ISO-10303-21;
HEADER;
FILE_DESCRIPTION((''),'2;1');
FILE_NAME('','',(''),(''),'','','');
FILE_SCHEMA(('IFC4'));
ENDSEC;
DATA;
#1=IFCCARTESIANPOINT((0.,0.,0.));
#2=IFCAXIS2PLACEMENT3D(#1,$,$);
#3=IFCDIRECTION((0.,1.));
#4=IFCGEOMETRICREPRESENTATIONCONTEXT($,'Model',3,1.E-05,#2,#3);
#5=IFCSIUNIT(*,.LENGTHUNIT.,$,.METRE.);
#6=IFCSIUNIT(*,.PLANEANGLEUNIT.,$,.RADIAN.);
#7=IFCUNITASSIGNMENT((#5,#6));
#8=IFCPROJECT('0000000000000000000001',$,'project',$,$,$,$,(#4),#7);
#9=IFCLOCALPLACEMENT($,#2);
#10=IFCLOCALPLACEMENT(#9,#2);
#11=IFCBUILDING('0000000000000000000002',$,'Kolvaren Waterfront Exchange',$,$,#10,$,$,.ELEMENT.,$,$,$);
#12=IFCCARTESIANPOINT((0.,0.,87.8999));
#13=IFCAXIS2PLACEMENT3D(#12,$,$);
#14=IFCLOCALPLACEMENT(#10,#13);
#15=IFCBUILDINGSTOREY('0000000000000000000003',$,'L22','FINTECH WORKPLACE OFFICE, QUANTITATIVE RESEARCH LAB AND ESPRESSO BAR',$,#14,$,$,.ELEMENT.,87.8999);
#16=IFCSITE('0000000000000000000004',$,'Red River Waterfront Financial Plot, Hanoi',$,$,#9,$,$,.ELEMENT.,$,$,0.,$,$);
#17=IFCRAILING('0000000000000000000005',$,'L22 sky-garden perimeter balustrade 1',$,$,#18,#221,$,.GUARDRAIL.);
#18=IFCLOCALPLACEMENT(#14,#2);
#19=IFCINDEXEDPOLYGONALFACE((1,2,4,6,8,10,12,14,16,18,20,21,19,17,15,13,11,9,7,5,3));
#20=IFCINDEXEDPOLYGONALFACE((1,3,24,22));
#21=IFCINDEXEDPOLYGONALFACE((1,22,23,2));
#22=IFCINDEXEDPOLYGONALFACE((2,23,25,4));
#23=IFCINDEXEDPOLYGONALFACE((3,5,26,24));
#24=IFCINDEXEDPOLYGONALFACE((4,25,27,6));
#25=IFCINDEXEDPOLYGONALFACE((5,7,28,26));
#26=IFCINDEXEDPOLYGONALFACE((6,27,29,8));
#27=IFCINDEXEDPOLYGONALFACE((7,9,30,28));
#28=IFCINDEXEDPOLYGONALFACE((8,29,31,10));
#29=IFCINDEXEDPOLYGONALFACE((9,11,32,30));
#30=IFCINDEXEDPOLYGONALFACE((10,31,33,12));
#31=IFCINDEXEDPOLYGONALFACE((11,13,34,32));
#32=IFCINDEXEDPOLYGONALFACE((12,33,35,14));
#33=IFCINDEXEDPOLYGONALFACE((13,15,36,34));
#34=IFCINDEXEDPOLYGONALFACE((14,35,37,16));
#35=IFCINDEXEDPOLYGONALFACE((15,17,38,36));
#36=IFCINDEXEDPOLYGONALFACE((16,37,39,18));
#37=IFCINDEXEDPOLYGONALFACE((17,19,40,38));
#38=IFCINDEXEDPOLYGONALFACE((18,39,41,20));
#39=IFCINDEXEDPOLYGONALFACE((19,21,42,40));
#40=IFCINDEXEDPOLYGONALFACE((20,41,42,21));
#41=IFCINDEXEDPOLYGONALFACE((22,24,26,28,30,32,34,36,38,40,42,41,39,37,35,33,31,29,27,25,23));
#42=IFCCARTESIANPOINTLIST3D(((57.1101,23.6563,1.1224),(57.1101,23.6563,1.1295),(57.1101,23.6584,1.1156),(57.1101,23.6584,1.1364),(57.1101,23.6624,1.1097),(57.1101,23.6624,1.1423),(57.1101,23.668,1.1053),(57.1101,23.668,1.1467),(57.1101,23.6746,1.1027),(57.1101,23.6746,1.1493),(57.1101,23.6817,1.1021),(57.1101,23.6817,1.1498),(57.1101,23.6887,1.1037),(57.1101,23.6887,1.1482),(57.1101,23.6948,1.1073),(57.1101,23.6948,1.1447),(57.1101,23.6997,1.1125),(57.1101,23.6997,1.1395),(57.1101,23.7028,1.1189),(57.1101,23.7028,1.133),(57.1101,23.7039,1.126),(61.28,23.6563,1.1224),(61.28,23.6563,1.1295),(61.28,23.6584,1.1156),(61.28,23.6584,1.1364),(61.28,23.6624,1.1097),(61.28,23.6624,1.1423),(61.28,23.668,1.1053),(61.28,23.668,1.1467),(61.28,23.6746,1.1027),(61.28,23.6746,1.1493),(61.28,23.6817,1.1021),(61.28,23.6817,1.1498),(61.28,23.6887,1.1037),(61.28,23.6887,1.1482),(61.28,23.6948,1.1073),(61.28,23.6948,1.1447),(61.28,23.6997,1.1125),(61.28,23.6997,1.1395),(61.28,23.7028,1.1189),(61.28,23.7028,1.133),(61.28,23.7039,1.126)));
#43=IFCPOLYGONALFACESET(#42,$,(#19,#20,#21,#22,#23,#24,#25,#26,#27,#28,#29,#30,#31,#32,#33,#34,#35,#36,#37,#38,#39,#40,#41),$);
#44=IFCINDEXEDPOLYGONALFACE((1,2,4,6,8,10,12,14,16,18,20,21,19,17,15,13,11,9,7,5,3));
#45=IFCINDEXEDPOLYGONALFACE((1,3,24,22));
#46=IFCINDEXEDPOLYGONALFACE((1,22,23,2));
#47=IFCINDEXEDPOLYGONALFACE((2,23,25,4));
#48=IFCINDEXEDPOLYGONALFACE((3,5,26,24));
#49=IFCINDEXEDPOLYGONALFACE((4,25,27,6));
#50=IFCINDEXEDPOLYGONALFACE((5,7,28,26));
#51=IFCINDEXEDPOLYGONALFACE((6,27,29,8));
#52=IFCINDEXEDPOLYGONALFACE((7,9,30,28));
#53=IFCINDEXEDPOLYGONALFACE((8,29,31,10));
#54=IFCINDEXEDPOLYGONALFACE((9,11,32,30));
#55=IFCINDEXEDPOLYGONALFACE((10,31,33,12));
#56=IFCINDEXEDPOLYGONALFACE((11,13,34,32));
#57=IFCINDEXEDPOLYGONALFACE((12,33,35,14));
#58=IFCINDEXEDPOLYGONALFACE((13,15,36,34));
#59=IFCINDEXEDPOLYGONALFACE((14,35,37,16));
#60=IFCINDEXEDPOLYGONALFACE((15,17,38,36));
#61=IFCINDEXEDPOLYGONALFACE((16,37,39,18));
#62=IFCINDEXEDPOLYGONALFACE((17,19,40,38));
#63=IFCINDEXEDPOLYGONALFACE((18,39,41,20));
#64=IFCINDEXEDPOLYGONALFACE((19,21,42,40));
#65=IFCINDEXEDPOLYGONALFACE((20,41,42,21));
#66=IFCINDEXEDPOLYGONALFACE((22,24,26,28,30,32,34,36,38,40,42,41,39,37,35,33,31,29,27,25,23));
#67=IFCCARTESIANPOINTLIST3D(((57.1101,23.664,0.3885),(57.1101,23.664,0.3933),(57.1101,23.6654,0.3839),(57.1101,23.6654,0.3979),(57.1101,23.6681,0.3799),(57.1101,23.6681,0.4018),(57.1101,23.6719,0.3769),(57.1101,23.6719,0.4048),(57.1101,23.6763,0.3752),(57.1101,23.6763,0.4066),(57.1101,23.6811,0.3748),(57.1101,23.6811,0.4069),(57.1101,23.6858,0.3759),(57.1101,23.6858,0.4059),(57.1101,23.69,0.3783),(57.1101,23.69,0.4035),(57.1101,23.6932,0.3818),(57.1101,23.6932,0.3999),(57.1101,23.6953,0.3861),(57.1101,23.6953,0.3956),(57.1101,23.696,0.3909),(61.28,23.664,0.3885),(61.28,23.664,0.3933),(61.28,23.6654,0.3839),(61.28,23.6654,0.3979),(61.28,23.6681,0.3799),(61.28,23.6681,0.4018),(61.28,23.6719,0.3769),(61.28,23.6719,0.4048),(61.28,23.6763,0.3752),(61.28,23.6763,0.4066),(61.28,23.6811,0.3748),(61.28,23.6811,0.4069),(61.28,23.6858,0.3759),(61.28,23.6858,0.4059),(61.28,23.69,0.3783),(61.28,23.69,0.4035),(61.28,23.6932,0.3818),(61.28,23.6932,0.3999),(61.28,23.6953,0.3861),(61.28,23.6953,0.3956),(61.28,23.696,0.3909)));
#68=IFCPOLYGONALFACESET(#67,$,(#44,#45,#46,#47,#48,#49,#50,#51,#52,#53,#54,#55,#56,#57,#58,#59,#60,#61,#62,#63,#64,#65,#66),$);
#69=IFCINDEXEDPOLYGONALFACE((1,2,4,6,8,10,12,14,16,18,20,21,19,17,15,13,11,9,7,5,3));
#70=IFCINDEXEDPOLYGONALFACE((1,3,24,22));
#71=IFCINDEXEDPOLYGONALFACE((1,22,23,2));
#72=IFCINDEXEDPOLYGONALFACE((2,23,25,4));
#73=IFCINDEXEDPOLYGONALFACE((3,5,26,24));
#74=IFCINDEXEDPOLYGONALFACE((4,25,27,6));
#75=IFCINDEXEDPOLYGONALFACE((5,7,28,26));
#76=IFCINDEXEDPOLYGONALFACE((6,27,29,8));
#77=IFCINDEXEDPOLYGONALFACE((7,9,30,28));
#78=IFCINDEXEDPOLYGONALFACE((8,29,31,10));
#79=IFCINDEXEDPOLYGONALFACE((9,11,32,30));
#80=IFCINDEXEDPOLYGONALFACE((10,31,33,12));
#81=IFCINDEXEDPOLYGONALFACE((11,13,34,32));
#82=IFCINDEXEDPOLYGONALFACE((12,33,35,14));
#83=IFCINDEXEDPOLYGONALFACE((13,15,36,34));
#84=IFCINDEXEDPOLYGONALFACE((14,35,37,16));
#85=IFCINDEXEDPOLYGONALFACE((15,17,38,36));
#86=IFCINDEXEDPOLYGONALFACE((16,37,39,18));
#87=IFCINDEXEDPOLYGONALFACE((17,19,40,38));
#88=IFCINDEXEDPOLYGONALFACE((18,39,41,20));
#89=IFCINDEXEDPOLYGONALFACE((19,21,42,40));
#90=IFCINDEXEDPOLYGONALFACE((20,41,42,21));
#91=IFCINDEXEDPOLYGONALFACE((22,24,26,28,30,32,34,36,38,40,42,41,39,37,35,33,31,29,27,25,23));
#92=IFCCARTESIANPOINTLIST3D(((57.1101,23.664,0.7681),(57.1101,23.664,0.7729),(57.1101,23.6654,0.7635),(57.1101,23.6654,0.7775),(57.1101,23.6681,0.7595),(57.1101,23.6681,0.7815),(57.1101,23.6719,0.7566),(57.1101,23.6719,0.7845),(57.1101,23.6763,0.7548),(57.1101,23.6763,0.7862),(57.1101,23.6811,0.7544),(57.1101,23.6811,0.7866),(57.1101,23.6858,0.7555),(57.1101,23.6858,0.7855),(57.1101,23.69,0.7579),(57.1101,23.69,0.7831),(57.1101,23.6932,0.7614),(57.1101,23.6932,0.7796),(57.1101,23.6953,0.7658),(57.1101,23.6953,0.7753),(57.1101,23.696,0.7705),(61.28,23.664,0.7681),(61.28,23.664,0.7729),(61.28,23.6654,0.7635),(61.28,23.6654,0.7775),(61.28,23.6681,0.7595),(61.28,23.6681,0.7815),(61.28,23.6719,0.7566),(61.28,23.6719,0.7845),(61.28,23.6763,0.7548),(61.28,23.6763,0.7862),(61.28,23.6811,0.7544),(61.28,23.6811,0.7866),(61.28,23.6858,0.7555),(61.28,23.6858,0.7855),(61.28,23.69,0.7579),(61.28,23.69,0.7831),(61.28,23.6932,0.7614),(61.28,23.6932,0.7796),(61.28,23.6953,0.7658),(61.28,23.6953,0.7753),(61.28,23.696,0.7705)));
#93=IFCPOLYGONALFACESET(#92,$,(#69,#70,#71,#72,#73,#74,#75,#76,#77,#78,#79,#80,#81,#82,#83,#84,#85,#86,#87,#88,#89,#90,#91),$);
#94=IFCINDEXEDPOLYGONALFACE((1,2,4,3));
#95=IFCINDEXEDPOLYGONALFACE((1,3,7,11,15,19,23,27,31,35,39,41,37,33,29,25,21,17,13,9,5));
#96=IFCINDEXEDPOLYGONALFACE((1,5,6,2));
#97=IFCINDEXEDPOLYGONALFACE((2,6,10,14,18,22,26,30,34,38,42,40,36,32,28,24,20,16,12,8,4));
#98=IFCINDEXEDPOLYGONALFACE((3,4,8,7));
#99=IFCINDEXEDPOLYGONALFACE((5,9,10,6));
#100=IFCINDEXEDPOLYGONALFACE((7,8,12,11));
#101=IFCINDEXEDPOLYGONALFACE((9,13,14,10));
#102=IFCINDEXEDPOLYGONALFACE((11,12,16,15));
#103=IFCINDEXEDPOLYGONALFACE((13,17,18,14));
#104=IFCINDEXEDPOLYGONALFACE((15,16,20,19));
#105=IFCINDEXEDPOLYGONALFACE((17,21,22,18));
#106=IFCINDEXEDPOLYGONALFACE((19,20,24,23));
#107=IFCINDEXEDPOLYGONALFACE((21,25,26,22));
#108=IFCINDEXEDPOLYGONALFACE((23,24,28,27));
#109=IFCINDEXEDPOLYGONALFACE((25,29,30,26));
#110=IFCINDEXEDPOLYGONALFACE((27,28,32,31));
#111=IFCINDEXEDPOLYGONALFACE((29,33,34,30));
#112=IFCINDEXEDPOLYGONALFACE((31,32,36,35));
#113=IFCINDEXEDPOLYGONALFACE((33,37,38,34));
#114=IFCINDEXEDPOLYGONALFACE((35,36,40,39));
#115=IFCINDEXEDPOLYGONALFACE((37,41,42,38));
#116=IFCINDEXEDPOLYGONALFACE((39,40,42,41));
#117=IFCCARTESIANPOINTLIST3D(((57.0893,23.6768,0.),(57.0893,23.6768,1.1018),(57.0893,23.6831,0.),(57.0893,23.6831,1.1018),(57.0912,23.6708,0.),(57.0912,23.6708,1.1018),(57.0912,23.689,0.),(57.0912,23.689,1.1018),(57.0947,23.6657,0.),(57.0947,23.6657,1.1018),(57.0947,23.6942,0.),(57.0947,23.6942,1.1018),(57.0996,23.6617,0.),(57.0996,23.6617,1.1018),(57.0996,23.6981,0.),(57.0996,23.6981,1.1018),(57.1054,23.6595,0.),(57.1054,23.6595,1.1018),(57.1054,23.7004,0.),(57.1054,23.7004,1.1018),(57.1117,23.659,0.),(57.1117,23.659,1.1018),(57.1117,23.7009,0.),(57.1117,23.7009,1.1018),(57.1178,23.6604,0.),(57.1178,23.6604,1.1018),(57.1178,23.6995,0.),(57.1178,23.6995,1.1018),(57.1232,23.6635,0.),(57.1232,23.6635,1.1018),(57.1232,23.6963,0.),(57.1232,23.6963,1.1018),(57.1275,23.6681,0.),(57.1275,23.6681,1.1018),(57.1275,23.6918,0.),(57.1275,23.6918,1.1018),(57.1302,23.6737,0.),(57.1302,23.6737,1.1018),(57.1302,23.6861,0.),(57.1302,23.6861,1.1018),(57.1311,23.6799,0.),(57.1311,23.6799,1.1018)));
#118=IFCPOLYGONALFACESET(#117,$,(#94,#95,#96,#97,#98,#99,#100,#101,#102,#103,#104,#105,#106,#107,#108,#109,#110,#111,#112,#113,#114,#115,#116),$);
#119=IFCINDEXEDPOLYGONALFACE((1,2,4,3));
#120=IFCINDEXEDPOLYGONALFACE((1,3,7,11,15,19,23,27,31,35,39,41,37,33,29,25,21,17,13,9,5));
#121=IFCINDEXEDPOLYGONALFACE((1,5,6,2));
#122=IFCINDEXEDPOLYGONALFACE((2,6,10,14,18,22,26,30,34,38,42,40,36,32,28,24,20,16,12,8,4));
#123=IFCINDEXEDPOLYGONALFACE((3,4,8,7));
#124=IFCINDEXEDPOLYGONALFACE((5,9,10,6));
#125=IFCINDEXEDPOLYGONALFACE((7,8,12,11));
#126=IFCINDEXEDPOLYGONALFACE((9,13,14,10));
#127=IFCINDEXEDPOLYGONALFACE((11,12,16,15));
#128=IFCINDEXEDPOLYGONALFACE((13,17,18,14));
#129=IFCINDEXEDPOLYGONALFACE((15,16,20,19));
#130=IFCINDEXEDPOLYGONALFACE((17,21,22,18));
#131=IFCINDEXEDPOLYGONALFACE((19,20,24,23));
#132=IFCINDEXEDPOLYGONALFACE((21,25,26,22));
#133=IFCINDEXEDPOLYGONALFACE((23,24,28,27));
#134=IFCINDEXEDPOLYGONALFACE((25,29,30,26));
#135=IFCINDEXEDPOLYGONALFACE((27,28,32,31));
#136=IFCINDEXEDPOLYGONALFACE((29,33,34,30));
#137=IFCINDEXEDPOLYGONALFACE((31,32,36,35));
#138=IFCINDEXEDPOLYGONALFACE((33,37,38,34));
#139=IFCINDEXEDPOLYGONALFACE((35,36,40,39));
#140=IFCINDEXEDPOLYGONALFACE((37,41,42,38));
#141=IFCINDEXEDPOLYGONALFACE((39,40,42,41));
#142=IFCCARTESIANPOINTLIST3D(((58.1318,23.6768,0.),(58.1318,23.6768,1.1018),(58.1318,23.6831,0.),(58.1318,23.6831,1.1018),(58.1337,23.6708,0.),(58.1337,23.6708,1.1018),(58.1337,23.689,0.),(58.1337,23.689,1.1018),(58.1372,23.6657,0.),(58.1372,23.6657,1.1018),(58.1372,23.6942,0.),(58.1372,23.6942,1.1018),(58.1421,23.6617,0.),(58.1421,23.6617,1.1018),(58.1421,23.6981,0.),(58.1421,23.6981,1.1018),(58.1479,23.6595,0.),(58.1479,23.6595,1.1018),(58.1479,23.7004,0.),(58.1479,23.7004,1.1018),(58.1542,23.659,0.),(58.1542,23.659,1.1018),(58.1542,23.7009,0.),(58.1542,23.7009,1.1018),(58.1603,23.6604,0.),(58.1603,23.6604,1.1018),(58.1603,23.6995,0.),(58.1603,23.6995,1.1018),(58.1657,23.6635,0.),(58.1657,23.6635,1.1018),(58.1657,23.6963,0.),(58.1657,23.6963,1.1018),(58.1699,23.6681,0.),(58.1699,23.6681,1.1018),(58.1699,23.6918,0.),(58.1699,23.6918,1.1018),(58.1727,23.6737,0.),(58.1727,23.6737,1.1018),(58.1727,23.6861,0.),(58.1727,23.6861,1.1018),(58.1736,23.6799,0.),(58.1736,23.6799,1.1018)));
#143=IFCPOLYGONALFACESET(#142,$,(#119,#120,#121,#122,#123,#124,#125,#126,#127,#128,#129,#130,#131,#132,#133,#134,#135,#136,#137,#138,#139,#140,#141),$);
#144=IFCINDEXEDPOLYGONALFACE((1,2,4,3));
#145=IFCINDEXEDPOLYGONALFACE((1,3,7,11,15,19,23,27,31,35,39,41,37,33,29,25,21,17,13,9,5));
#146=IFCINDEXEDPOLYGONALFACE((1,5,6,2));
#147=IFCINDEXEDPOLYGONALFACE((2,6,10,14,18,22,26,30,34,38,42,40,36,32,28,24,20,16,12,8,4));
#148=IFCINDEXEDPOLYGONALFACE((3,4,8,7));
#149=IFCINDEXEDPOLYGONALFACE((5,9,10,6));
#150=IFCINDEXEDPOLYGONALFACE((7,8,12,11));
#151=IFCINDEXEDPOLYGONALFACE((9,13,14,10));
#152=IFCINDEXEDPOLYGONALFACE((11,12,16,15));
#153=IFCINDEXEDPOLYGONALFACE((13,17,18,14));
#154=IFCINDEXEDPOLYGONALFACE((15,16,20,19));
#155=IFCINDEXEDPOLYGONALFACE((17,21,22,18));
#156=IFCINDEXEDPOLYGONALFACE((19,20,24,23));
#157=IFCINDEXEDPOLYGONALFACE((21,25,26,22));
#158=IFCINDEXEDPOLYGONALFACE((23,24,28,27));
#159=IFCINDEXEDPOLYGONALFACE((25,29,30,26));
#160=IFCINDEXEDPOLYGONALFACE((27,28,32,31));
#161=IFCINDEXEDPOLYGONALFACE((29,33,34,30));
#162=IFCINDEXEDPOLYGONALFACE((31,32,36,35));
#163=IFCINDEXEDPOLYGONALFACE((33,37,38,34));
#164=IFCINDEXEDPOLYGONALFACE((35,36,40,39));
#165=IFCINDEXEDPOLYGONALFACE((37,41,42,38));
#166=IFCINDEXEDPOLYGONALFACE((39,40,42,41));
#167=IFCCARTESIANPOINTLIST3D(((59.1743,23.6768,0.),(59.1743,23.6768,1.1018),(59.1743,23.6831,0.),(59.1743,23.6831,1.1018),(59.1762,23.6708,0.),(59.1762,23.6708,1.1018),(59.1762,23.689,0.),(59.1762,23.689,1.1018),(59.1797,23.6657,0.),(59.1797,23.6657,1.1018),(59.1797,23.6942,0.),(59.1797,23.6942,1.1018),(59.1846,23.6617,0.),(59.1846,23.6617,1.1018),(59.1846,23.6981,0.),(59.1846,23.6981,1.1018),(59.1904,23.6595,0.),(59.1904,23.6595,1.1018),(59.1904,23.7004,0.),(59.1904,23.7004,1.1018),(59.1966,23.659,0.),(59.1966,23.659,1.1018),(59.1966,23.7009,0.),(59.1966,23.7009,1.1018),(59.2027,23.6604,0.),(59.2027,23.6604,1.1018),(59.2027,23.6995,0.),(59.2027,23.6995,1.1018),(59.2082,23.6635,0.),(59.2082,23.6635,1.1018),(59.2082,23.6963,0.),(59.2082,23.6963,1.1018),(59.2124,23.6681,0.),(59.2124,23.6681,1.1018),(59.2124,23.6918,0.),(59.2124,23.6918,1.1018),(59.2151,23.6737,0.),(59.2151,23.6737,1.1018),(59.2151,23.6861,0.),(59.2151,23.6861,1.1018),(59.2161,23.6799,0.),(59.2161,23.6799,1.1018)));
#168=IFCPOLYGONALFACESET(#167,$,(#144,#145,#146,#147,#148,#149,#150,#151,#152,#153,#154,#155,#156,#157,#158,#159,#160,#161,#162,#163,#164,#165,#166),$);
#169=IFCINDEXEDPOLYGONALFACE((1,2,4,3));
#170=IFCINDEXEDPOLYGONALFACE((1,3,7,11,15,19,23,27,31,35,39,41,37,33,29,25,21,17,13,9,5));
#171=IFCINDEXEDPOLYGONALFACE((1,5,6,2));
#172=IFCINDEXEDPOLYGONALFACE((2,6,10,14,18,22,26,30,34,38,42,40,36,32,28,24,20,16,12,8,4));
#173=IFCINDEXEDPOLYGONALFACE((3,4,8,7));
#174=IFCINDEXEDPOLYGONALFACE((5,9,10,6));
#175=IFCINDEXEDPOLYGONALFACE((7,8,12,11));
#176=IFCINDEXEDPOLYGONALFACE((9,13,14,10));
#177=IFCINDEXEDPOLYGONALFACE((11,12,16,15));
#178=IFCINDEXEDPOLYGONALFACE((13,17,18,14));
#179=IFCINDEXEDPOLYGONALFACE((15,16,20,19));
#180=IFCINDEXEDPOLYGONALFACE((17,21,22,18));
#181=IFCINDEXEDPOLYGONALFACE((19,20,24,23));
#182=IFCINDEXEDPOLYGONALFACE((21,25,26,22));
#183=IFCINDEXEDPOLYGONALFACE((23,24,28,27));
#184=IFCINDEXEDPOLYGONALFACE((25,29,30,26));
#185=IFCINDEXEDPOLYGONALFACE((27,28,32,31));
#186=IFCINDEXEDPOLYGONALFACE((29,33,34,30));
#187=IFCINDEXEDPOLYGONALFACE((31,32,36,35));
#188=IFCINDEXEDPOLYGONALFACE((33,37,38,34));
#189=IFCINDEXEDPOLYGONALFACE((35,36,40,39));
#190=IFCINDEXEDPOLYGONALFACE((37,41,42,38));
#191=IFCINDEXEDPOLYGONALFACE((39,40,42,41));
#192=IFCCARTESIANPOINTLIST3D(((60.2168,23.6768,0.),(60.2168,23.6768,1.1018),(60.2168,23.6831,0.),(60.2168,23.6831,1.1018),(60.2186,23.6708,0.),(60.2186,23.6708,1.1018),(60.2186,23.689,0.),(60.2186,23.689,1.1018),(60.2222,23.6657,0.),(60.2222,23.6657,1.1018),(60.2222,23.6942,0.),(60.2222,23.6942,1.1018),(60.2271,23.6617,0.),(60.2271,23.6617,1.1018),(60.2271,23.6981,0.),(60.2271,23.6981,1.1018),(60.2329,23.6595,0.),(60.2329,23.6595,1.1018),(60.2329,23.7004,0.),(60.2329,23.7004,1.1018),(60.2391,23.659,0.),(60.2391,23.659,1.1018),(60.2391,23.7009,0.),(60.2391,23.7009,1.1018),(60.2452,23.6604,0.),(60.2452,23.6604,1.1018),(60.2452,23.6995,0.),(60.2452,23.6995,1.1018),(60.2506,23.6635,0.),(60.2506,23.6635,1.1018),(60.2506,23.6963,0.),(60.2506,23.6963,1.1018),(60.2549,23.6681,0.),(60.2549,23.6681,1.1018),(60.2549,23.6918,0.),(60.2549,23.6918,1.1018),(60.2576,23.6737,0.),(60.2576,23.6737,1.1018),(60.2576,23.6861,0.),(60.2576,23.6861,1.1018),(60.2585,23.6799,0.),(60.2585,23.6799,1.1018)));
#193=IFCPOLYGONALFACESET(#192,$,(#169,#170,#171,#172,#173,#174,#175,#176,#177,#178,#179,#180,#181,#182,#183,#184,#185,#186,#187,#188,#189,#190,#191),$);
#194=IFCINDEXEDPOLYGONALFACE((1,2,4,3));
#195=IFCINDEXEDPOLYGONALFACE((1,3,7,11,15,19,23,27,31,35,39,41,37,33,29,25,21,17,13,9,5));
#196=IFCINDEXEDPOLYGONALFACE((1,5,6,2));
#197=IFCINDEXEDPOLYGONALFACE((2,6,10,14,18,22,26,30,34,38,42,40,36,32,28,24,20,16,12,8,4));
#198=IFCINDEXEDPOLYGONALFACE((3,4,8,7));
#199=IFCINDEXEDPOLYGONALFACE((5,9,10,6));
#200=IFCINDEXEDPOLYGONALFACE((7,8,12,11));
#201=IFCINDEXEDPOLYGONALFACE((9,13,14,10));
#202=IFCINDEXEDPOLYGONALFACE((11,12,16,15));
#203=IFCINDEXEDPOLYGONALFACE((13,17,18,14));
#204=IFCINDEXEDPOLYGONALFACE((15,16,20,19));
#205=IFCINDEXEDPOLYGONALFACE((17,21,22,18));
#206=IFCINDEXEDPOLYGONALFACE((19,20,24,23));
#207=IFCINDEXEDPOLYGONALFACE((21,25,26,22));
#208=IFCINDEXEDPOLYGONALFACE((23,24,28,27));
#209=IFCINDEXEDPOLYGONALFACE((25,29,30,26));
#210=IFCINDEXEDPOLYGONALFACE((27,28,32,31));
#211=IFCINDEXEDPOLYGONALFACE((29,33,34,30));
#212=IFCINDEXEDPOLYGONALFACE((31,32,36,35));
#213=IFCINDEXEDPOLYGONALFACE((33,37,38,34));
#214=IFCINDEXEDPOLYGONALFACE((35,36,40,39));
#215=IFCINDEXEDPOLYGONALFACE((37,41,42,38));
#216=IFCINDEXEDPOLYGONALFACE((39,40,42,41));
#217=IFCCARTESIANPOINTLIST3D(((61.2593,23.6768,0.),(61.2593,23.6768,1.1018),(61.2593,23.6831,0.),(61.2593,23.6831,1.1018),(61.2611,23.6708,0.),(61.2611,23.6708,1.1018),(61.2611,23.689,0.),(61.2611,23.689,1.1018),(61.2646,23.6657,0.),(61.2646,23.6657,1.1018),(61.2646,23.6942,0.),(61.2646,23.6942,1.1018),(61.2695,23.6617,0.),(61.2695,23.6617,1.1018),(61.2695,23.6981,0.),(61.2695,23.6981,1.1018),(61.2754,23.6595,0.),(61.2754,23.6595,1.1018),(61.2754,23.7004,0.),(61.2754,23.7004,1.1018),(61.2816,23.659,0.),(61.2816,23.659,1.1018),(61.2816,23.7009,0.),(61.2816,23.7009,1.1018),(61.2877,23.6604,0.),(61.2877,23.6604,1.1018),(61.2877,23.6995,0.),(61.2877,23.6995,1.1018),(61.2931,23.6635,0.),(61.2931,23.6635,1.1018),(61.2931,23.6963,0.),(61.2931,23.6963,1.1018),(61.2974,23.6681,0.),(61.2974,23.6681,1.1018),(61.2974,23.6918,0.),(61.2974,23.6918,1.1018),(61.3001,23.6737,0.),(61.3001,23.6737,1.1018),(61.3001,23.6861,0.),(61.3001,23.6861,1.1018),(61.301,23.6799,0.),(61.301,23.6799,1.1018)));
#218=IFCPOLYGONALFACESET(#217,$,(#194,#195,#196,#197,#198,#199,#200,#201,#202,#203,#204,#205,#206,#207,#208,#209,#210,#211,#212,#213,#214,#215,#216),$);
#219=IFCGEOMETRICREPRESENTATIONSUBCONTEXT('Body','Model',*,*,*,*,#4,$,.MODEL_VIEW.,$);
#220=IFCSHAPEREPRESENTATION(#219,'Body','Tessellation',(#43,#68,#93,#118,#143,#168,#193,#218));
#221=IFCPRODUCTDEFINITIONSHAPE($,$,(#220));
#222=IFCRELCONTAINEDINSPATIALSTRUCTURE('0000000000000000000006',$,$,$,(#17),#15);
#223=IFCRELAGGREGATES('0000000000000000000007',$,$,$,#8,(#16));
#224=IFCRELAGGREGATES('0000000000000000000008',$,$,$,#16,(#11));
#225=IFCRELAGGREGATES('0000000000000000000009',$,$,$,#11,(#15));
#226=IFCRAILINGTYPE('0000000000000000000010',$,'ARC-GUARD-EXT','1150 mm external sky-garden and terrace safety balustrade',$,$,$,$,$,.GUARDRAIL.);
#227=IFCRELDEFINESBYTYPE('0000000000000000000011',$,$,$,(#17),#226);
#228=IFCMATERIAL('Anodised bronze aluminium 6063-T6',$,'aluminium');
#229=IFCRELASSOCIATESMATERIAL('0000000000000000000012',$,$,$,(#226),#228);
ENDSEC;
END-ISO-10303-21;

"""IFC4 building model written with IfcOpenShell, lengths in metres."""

from ifc_helpers import new_model, si_unit, direction, frame, origin, origin_2d, place, context, subcontext, project, spatial, circle, extrude, material, type_object, element, save


model = new_model("IFC4")

# Units and contexts
model_context = context("Model", 3, precision=1e-05, world=origin(), true_north=direction((0.0, 1.0)))
body_context = subcontext(model_context, "Body", "Model", "MODEL_VIEW")
ifc_project = project(units=[si_unit("LENGTHUNIT", "METRE"), si_unit("PLANEANGLEUNIT", "RADIAN")], contexts=[model_context])

# Site, building, storey
site_placement = place(None, origin())
site = spatial("IfcSite", under=ifc_project, at=site_placement, Name="Red River Waterfront Financial Plot, Hanoi", CompositionType="ELEMENT", RefElevation=0.0)
building_placement = place(site_placement, origin())
building = spatial("IfcBuilding", under=site, at=building_placement, Name="Kolvaren Waterfront Exchange", CompositionType="ELEMENT")
storey_placement = place(building_placement, frame((0.0, 0.0, 87.8999)))
storey = spatial("IfcBuildingStorey", under=building, at=storey_placement, Name="L22", Description="FINTECH WORKPLACE OFFICE, QUANTITATIVE RESEARCH LAB AND ESPRESSO BAR", CompositionType="ELEMENT", Elevation=87.8999)

# Shared definitions
ifc_material_1 = material(Name="Anodised bronze aluminium 6063-T6", Category="aluminium")

# Railing
railing_type = type_object("IfcRailingType", Name="ARC-GUARD-EXT", Description="1150 mm external sky-garden and terrace safety balustrade", PredefinedType="GUARDRAIL", material=ifc_material_1)
railing_1_placement = place(storey_placement, frame((57.1101, 23.6799, 0.0)))
element("IfcRailing", 1, at=railing_1_placement, inside=storey, type_object=railing_type, Name="L22 sky-garden perimeter balustrade 1", PredefinedType="GUARDRAIL", context=body_context, shape_type="SweptSolid", body=[
    extrude(circle(Radius=0.0239, at=origin_2d()), frame((0.0, 0.0, 1.126), z_axis=(1.0, 0.0, 0.0), x_axis=(0.0, 1.0, 0.0)), (0.0, 0.0, 1.0), 4.1699),
    extrude(circle(Radius=0.0161, at=origin_2d()), frame((0.0, 0.0, 0.3909), z_axis=(1.0, 0.0, 0.0), x_axis=(0.0, 1.0, 0.0)), (0.0, 0.0, 1.0), 4.1699),
    extrude(circle(Radius=0.0161, at=origin_2d()), frame((0.0, 0.0, 0.7705), z_axis=(1.0, 0.0, 0.0), x_axis=(0.0, 1.0, 0.0)), (0.0, 0.0, 1.0), 4.1699),
    extrude(circle(Radius=0.021, at=origin_2d()), origin(), (0.0, 0.0, 1.0), 1.1018),
    extrude(circle(Radius=0.021, at=origin_2d()), frame((1.0425, 0.0, 0.0)), (0.0, 0.0, 1.0), 1.1018),
    extrude(circle(Radius=0.021, at=origin_2d()), frame((2.085, 0.0, 0.0)), (0.0, 0.0, 1.0), 1.1018),
    extrude(circle(Radius=0.021, at=origin_2d()), frame((3.1274, 0.0, 0.0)), (0.0, 0.0, 1.0), 1.1018),
    extrude(circle(Radius=0.021, at=origin_2d()), frame((4.1699, 0.0, 0.0)), (0.0, 0.0, 1.0), 1.1018),
])

save(model, "model.ifc")
